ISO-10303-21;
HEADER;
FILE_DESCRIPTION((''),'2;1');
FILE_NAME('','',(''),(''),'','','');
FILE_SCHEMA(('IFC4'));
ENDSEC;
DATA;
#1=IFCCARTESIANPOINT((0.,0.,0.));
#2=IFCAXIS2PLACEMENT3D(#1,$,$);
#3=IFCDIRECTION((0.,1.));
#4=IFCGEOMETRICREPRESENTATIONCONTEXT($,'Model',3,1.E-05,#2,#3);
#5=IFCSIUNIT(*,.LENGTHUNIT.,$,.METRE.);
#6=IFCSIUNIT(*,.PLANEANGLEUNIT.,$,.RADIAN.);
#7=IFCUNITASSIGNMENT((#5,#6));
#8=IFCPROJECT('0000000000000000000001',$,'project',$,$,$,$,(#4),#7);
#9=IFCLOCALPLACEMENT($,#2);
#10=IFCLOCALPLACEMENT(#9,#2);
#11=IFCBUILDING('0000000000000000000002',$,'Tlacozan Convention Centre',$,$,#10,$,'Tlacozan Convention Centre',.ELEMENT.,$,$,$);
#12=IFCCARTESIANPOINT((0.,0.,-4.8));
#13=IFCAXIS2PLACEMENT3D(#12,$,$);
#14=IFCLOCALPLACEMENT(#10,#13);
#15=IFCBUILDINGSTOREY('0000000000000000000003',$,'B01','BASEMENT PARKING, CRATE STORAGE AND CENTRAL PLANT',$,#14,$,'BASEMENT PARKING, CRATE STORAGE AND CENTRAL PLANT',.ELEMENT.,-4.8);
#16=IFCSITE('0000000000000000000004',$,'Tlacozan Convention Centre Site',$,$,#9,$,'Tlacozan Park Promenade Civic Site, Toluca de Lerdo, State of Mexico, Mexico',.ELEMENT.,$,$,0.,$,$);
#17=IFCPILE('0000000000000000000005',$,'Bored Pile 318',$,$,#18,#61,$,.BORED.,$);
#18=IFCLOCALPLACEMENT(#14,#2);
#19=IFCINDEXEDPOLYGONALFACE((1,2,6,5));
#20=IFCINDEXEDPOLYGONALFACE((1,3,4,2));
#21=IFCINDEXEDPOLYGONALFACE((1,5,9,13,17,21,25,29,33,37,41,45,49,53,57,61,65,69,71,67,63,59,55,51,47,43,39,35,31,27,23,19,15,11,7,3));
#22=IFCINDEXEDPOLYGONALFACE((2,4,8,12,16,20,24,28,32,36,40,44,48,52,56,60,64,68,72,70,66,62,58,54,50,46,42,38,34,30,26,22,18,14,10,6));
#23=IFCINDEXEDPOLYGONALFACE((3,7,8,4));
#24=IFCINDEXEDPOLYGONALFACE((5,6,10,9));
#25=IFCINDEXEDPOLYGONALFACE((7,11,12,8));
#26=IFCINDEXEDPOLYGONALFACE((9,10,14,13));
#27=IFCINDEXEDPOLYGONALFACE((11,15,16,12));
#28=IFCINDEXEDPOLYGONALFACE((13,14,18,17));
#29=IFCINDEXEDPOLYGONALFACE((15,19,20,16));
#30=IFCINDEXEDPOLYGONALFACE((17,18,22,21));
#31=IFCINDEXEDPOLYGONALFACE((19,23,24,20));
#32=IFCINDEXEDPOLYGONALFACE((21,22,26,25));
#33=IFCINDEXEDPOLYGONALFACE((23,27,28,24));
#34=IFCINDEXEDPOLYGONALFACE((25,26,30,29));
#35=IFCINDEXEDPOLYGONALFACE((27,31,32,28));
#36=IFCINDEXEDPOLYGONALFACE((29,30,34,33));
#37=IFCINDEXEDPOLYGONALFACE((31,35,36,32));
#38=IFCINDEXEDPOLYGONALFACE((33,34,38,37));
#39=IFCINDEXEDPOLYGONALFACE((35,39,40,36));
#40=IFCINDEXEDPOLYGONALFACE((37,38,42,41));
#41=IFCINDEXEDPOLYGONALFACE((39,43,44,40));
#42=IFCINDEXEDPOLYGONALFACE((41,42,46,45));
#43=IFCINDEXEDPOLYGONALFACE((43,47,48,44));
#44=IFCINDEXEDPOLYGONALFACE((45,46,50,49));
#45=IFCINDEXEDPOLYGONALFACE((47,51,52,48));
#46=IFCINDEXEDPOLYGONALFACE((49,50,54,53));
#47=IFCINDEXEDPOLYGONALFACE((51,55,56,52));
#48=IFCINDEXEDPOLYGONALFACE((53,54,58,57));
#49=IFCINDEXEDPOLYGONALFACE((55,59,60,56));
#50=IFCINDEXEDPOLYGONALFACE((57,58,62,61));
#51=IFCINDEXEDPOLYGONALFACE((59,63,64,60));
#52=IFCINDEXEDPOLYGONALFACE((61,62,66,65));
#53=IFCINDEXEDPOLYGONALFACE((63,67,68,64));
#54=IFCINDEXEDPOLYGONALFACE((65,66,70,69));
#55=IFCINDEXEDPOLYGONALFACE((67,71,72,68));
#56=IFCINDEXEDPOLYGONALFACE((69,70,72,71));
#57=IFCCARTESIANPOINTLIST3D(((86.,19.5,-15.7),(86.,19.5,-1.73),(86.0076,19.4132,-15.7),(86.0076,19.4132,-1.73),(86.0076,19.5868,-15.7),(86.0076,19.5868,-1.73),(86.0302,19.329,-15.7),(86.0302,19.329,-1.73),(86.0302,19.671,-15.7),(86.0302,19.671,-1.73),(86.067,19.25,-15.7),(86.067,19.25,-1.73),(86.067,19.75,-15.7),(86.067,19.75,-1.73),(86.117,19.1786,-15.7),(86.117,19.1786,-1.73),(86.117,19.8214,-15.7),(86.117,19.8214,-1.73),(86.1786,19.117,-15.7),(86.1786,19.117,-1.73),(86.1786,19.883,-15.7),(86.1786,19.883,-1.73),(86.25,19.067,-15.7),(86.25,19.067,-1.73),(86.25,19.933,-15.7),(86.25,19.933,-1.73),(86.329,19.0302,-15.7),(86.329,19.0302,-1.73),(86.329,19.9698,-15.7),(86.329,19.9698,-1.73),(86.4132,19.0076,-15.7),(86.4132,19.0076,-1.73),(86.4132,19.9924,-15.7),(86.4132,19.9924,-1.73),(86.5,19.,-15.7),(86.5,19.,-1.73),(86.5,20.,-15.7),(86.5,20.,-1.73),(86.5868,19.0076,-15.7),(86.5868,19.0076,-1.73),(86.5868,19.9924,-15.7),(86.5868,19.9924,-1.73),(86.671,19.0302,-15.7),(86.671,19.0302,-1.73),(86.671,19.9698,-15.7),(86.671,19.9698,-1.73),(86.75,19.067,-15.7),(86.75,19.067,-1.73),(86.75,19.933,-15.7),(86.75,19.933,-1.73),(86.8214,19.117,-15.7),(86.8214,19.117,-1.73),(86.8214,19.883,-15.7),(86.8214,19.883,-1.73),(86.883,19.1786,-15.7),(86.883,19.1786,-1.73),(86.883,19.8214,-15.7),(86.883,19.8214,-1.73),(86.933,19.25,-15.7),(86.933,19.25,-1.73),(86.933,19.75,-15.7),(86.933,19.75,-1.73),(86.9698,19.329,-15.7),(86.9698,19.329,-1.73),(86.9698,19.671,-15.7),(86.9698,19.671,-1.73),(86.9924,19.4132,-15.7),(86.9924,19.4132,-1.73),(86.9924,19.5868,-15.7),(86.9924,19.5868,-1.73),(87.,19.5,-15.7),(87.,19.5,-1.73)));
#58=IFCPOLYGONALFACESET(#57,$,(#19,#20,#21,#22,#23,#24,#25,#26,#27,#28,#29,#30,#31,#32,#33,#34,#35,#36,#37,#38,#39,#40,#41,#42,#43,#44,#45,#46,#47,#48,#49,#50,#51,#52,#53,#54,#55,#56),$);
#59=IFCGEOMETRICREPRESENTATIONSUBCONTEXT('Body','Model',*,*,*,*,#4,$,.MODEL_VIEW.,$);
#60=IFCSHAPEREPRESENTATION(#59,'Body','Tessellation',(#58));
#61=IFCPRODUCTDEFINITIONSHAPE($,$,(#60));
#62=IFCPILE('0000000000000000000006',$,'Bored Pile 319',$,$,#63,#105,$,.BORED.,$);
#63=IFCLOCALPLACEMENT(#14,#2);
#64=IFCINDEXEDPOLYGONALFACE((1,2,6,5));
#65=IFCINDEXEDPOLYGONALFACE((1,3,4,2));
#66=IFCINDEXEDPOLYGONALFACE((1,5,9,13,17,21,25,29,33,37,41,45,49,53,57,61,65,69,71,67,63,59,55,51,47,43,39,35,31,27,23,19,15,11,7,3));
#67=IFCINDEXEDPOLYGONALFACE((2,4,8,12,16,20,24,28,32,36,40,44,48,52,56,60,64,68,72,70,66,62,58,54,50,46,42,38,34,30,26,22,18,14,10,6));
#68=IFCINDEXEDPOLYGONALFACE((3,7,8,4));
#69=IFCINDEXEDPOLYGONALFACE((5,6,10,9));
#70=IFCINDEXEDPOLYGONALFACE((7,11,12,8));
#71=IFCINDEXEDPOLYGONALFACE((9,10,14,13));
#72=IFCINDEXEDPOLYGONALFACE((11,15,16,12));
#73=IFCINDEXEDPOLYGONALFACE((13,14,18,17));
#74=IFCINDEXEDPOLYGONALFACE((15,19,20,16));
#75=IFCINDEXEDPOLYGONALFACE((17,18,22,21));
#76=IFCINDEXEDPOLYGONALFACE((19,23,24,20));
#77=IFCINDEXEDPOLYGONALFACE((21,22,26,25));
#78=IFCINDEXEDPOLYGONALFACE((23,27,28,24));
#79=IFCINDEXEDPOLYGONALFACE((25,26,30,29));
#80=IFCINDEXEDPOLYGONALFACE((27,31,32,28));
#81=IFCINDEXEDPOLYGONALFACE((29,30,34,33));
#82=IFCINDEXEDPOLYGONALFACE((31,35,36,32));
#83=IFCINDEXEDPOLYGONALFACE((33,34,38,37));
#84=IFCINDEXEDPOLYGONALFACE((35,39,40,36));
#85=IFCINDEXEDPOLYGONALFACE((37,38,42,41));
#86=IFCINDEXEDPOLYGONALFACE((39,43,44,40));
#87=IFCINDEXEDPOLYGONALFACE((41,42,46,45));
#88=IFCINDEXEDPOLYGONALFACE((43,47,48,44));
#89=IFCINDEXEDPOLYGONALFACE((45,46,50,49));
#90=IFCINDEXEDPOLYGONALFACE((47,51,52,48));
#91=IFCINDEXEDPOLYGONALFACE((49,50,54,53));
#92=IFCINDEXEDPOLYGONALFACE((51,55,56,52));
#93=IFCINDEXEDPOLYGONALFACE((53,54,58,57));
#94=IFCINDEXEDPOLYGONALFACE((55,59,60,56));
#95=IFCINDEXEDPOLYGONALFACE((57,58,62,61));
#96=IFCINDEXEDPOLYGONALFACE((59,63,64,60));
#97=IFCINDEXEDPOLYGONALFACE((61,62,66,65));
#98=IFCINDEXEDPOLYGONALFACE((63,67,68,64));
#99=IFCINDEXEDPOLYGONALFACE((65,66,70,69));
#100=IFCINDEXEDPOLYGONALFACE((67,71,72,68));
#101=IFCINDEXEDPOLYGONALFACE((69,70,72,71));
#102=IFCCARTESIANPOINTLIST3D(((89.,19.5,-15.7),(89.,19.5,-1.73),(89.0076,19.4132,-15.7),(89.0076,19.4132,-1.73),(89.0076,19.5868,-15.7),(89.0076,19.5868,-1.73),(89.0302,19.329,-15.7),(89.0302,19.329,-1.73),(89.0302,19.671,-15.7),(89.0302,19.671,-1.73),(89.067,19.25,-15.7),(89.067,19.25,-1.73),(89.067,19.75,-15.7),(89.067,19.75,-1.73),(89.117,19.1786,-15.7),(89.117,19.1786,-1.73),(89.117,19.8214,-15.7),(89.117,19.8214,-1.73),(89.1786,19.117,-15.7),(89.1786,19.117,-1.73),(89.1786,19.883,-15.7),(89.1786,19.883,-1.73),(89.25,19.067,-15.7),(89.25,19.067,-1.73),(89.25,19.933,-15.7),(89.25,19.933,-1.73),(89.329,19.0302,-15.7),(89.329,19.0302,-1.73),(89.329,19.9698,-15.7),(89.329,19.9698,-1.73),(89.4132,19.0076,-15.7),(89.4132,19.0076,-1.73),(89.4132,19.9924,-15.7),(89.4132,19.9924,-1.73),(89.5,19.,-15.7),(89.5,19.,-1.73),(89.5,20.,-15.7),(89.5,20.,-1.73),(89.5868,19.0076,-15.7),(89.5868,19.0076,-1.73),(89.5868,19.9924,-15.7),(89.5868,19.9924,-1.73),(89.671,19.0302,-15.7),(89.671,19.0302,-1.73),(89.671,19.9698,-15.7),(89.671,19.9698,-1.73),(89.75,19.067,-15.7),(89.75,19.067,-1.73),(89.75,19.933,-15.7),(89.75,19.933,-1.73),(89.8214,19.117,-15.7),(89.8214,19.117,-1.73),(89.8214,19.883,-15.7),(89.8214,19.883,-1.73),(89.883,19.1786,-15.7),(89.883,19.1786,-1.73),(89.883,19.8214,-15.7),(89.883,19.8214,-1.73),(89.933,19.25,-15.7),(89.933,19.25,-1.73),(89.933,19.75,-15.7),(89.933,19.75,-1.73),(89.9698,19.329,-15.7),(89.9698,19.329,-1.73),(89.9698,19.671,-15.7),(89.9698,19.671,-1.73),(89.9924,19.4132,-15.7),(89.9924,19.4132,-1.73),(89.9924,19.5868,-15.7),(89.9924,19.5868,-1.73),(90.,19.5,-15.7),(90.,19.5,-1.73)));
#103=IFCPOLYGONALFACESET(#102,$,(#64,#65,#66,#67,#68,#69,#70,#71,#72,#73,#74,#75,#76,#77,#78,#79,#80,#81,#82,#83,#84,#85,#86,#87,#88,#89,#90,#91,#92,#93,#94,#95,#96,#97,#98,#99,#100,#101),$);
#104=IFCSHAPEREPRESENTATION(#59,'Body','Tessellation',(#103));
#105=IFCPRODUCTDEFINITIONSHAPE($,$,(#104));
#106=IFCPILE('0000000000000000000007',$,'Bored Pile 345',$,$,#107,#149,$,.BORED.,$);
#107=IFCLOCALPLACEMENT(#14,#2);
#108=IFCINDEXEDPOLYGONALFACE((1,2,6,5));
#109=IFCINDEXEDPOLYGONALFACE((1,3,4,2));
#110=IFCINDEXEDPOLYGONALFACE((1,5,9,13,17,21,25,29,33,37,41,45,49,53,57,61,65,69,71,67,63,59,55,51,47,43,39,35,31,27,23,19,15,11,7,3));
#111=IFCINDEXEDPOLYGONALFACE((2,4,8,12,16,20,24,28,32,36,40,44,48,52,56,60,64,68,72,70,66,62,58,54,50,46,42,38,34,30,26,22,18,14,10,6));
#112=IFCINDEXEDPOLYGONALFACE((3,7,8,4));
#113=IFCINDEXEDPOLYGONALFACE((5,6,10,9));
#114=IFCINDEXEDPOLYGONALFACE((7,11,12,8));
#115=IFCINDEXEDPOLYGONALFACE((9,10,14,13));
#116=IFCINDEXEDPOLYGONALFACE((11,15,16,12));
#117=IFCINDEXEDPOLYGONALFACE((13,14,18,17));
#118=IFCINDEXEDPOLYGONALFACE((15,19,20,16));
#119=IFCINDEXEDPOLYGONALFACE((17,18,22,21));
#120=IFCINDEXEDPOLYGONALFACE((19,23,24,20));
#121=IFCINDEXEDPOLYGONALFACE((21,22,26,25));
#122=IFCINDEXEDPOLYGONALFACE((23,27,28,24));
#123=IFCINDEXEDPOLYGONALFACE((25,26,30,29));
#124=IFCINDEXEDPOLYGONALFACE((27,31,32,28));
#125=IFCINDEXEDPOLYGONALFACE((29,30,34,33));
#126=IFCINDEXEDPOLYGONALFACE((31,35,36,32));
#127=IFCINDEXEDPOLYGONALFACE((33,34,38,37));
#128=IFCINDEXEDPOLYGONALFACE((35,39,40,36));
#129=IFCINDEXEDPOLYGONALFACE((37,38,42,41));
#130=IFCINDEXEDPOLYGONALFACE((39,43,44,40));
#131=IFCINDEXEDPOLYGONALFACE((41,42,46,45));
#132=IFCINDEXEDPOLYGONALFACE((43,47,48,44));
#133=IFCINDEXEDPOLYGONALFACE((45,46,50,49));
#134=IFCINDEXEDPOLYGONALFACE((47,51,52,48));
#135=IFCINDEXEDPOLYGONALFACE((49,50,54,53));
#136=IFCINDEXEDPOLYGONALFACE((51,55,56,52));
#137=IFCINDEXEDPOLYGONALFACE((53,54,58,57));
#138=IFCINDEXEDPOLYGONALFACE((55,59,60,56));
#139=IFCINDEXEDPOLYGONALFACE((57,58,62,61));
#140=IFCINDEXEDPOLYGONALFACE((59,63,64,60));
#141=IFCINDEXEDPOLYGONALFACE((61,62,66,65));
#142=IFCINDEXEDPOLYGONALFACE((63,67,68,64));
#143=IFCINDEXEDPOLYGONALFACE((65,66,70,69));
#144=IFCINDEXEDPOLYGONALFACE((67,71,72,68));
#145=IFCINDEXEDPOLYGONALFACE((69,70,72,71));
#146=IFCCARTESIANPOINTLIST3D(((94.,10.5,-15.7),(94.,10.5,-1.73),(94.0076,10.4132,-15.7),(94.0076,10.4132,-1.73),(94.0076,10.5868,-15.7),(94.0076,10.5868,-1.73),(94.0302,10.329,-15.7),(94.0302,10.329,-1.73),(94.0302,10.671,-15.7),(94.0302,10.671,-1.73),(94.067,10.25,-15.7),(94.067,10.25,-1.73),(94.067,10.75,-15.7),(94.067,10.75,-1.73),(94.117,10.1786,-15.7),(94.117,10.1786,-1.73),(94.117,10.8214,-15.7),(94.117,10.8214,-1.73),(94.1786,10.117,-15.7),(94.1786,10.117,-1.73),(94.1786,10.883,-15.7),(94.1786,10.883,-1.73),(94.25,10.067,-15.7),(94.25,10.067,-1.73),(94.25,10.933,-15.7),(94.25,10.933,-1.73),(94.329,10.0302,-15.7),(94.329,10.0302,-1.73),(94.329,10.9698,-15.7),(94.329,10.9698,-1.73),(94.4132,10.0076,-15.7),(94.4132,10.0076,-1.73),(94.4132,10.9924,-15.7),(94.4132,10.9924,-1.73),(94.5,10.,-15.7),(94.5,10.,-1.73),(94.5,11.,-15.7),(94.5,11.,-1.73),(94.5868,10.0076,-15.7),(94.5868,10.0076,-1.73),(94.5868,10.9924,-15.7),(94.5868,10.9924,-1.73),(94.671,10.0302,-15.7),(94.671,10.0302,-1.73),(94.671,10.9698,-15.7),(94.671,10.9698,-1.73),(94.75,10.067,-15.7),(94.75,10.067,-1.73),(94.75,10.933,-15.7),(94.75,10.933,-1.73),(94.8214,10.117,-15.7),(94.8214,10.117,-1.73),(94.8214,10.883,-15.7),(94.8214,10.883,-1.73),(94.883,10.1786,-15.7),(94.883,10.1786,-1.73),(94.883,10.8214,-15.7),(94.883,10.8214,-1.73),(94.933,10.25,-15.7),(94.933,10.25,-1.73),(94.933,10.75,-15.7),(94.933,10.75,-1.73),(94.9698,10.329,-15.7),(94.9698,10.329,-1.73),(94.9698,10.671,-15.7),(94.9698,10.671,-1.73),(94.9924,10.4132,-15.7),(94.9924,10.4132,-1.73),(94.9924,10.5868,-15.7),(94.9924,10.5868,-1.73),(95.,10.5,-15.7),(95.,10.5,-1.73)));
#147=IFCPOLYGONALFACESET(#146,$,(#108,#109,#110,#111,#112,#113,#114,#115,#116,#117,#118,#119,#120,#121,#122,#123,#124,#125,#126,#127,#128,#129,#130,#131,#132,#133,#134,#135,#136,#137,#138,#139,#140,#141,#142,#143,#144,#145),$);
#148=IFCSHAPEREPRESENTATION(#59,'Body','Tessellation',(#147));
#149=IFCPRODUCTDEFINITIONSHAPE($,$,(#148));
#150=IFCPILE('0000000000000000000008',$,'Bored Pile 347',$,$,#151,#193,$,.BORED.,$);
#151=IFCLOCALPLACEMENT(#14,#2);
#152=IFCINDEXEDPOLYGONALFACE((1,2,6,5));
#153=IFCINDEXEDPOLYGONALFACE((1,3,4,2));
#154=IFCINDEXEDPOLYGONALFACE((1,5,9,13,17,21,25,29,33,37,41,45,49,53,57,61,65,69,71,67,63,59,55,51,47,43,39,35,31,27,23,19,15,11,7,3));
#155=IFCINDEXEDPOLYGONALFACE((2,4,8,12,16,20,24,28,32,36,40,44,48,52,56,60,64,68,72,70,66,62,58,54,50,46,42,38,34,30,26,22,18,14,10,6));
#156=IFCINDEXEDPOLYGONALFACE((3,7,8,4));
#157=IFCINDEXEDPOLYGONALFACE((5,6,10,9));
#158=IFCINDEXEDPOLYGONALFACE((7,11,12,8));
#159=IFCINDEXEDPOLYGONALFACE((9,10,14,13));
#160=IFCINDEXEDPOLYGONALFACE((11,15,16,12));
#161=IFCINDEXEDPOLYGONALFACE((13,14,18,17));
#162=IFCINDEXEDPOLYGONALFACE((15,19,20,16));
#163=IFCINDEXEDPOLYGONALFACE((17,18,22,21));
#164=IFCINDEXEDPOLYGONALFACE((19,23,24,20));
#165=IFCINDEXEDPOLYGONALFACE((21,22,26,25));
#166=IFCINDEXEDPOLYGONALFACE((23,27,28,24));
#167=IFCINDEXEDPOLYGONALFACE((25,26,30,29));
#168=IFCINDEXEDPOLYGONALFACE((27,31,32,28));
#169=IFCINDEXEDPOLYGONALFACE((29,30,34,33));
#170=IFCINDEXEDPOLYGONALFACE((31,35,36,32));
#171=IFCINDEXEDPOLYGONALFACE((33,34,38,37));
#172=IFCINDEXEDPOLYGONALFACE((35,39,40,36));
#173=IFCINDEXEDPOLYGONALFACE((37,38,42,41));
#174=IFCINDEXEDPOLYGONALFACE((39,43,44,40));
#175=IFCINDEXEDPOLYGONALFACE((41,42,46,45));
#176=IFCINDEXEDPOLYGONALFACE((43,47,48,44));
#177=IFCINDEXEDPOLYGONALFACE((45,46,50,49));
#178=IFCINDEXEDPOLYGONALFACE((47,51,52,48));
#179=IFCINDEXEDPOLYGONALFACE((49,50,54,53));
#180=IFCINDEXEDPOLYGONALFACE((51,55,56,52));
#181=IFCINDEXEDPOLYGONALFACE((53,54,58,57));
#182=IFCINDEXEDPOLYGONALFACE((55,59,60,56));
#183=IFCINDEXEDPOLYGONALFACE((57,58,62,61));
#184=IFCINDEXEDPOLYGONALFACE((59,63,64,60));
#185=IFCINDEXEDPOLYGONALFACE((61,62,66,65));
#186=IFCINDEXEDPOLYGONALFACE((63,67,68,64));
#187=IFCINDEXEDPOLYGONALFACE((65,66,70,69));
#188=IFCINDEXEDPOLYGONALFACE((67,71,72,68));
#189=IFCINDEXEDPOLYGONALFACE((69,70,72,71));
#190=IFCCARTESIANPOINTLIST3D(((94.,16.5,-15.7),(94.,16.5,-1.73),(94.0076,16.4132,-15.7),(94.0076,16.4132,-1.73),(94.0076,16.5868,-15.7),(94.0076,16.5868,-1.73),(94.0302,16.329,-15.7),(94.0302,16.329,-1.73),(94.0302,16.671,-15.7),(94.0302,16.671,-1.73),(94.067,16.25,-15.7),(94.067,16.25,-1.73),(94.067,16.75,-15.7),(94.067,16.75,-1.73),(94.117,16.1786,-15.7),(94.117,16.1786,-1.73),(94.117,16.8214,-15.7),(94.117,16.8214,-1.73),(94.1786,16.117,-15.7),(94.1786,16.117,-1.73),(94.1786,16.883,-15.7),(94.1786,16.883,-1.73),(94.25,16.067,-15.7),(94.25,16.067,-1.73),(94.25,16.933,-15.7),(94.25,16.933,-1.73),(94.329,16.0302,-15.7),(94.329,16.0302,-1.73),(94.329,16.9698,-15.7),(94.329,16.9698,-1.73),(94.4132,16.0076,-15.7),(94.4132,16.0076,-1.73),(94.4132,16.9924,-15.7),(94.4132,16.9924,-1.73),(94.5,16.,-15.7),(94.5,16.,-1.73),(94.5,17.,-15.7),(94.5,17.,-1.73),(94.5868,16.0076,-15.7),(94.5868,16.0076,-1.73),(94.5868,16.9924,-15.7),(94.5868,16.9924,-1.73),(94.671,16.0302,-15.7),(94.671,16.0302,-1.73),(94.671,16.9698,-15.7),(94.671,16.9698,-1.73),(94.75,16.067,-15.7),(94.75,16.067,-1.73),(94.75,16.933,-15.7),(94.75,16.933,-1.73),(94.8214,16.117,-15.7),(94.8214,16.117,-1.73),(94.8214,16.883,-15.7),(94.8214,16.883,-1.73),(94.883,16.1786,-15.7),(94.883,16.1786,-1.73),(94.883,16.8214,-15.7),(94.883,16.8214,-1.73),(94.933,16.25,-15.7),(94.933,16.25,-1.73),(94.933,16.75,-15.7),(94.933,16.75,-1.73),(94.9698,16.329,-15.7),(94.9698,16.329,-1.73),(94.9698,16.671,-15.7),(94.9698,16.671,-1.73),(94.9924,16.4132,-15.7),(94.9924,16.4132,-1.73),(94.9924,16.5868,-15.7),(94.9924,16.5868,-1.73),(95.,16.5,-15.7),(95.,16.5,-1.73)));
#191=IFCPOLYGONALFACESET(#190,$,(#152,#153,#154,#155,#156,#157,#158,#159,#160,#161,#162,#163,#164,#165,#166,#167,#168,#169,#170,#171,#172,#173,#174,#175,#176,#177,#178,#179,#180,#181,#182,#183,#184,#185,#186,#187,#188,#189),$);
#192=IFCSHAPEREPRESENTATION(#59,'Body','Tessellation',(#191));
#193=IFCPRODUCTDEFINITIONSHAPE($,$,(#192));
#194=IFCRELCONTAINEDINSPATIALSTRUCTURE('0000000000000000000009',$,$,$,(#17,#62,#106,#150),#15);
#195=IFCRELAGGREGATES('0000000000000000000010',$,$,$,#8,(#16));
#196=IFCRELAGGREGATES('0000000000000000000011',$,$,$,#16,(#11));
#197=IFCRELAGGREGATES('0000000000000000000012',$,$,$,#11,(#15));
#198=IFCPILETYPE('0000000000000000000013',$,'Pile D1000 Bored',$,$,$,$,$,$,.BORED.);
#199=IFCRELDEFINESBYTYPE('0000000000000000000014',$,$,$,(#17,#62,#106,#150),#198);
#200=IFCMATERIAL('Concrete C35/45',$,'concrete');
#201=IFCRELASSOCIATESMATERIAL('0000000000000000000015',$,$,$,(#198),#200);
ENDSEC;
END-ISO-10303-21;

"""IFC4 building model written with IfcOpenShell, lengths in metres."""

from ifc_helpers import new_model, si_unit, direction, frame, origin, origin_2d, place, context, subcontext, project, spatial, circle, extrude, material, material_profile, profile_set, type_object, element, save


model = new_model("IFC4")

# Units and contexts
model_context = context("Model", 3, precision=1e-05, world=origin(), true_north=direction((0.0, 1.0)))
body_context = subcontext(model_context, "Body", "Model", "MODEL_VIEW")
ifc_project = project(units=[si_unit("LENGTHUNIT", "METRE"), si_unit("PLANEANGLEUNIT", "RADIAN")], contexts=[model_context])

# Site, building, storey
site_placement = place(None, origin())
site = spatial("IfcSite", under=ifc_project, at=site_placement, Name="Tlacozan Convention Centre Site", LongName="Tlacozan Park Promenade Civic Site, Toluca de Lerdo, State of Mexico, Mexico", CompositionType="ELEMENT", RefElevation=0.0)
building_placement = place(site_placement, origin())
building = spatial("IfcBuilding", under=site, at=building_placement, Name="Tlacozan Convention Centre", LongName="Tlacozan Convention Centre", CompositionType="ELEMENT")
storey_placement = place(building_placement, frame((0.0, 0.0, -4.8)))
storey = spatial("IfcBuildingStorey", under=building, at=storey_placement, Name="B01", Description="BASEMENT PARKING, CRATE STORAGE AND CENTRAL PLANT", LongName="BASEMENT PARKING, CRATE STORAGE AND CENTRAL PLANT", CompositionType="ELEMENT", Elevation=-4.8)

# Shared definitions
ifc_material_1 = material(Name="Concrete C35/45", Category="concrete")

# Piles
ifc_material_profile_1 = material_profile(ifc_material_1, circle(Radius=0.5, at=origin_2d()), Name="PILE D1000")
ifc_profile_set_1 = profile_set([ifc_material_profile_1], Name="Concrete C35/45")
pile_type = type_object("IfcPileType", Name="Pile D1000 Bored", PredefinedType="BORED", material=ifc_profile_set_1)
for number, where, z_axis, x_axis, name in (
    (1, (86.5, 19.5, -1.73), (0.0, 0.0, -1.0), (1.0, 0.0, 0.0), "Bored Pile 318"),
    (2, (89.5, 19.5, -1.73), (0.0, 0.0, -1.0), (1.0, 0.0, 0.0), "Bored Pile 319"),
    (3, (94.5, 10.5, -1.73), (0.0, 0.0, -1.0), (1.0, 0.0, 0.0), "Bored Pile 345"),
    (4, (94.5, 16.5, -1.73), (0.0, 0.0, -1.0), (1.0, 0.0, 0.0), "Bored Pile 347"),
):
    element("IfcPile", number, at=place(storey_placement, frame(where, z_axis=z_axis, x_axis=x_axis)), inside=storey, type_object=pile_type, Name=name, PredefinedType="BORED", context=body_context, shape_type="SweptSolid", body=[
        extrude(circle(Radius=0.5, at=origin_2d()), origin(), (0.0, 0.0, 1.0), 13.97),
    ])

save(model, "model.ifc")
